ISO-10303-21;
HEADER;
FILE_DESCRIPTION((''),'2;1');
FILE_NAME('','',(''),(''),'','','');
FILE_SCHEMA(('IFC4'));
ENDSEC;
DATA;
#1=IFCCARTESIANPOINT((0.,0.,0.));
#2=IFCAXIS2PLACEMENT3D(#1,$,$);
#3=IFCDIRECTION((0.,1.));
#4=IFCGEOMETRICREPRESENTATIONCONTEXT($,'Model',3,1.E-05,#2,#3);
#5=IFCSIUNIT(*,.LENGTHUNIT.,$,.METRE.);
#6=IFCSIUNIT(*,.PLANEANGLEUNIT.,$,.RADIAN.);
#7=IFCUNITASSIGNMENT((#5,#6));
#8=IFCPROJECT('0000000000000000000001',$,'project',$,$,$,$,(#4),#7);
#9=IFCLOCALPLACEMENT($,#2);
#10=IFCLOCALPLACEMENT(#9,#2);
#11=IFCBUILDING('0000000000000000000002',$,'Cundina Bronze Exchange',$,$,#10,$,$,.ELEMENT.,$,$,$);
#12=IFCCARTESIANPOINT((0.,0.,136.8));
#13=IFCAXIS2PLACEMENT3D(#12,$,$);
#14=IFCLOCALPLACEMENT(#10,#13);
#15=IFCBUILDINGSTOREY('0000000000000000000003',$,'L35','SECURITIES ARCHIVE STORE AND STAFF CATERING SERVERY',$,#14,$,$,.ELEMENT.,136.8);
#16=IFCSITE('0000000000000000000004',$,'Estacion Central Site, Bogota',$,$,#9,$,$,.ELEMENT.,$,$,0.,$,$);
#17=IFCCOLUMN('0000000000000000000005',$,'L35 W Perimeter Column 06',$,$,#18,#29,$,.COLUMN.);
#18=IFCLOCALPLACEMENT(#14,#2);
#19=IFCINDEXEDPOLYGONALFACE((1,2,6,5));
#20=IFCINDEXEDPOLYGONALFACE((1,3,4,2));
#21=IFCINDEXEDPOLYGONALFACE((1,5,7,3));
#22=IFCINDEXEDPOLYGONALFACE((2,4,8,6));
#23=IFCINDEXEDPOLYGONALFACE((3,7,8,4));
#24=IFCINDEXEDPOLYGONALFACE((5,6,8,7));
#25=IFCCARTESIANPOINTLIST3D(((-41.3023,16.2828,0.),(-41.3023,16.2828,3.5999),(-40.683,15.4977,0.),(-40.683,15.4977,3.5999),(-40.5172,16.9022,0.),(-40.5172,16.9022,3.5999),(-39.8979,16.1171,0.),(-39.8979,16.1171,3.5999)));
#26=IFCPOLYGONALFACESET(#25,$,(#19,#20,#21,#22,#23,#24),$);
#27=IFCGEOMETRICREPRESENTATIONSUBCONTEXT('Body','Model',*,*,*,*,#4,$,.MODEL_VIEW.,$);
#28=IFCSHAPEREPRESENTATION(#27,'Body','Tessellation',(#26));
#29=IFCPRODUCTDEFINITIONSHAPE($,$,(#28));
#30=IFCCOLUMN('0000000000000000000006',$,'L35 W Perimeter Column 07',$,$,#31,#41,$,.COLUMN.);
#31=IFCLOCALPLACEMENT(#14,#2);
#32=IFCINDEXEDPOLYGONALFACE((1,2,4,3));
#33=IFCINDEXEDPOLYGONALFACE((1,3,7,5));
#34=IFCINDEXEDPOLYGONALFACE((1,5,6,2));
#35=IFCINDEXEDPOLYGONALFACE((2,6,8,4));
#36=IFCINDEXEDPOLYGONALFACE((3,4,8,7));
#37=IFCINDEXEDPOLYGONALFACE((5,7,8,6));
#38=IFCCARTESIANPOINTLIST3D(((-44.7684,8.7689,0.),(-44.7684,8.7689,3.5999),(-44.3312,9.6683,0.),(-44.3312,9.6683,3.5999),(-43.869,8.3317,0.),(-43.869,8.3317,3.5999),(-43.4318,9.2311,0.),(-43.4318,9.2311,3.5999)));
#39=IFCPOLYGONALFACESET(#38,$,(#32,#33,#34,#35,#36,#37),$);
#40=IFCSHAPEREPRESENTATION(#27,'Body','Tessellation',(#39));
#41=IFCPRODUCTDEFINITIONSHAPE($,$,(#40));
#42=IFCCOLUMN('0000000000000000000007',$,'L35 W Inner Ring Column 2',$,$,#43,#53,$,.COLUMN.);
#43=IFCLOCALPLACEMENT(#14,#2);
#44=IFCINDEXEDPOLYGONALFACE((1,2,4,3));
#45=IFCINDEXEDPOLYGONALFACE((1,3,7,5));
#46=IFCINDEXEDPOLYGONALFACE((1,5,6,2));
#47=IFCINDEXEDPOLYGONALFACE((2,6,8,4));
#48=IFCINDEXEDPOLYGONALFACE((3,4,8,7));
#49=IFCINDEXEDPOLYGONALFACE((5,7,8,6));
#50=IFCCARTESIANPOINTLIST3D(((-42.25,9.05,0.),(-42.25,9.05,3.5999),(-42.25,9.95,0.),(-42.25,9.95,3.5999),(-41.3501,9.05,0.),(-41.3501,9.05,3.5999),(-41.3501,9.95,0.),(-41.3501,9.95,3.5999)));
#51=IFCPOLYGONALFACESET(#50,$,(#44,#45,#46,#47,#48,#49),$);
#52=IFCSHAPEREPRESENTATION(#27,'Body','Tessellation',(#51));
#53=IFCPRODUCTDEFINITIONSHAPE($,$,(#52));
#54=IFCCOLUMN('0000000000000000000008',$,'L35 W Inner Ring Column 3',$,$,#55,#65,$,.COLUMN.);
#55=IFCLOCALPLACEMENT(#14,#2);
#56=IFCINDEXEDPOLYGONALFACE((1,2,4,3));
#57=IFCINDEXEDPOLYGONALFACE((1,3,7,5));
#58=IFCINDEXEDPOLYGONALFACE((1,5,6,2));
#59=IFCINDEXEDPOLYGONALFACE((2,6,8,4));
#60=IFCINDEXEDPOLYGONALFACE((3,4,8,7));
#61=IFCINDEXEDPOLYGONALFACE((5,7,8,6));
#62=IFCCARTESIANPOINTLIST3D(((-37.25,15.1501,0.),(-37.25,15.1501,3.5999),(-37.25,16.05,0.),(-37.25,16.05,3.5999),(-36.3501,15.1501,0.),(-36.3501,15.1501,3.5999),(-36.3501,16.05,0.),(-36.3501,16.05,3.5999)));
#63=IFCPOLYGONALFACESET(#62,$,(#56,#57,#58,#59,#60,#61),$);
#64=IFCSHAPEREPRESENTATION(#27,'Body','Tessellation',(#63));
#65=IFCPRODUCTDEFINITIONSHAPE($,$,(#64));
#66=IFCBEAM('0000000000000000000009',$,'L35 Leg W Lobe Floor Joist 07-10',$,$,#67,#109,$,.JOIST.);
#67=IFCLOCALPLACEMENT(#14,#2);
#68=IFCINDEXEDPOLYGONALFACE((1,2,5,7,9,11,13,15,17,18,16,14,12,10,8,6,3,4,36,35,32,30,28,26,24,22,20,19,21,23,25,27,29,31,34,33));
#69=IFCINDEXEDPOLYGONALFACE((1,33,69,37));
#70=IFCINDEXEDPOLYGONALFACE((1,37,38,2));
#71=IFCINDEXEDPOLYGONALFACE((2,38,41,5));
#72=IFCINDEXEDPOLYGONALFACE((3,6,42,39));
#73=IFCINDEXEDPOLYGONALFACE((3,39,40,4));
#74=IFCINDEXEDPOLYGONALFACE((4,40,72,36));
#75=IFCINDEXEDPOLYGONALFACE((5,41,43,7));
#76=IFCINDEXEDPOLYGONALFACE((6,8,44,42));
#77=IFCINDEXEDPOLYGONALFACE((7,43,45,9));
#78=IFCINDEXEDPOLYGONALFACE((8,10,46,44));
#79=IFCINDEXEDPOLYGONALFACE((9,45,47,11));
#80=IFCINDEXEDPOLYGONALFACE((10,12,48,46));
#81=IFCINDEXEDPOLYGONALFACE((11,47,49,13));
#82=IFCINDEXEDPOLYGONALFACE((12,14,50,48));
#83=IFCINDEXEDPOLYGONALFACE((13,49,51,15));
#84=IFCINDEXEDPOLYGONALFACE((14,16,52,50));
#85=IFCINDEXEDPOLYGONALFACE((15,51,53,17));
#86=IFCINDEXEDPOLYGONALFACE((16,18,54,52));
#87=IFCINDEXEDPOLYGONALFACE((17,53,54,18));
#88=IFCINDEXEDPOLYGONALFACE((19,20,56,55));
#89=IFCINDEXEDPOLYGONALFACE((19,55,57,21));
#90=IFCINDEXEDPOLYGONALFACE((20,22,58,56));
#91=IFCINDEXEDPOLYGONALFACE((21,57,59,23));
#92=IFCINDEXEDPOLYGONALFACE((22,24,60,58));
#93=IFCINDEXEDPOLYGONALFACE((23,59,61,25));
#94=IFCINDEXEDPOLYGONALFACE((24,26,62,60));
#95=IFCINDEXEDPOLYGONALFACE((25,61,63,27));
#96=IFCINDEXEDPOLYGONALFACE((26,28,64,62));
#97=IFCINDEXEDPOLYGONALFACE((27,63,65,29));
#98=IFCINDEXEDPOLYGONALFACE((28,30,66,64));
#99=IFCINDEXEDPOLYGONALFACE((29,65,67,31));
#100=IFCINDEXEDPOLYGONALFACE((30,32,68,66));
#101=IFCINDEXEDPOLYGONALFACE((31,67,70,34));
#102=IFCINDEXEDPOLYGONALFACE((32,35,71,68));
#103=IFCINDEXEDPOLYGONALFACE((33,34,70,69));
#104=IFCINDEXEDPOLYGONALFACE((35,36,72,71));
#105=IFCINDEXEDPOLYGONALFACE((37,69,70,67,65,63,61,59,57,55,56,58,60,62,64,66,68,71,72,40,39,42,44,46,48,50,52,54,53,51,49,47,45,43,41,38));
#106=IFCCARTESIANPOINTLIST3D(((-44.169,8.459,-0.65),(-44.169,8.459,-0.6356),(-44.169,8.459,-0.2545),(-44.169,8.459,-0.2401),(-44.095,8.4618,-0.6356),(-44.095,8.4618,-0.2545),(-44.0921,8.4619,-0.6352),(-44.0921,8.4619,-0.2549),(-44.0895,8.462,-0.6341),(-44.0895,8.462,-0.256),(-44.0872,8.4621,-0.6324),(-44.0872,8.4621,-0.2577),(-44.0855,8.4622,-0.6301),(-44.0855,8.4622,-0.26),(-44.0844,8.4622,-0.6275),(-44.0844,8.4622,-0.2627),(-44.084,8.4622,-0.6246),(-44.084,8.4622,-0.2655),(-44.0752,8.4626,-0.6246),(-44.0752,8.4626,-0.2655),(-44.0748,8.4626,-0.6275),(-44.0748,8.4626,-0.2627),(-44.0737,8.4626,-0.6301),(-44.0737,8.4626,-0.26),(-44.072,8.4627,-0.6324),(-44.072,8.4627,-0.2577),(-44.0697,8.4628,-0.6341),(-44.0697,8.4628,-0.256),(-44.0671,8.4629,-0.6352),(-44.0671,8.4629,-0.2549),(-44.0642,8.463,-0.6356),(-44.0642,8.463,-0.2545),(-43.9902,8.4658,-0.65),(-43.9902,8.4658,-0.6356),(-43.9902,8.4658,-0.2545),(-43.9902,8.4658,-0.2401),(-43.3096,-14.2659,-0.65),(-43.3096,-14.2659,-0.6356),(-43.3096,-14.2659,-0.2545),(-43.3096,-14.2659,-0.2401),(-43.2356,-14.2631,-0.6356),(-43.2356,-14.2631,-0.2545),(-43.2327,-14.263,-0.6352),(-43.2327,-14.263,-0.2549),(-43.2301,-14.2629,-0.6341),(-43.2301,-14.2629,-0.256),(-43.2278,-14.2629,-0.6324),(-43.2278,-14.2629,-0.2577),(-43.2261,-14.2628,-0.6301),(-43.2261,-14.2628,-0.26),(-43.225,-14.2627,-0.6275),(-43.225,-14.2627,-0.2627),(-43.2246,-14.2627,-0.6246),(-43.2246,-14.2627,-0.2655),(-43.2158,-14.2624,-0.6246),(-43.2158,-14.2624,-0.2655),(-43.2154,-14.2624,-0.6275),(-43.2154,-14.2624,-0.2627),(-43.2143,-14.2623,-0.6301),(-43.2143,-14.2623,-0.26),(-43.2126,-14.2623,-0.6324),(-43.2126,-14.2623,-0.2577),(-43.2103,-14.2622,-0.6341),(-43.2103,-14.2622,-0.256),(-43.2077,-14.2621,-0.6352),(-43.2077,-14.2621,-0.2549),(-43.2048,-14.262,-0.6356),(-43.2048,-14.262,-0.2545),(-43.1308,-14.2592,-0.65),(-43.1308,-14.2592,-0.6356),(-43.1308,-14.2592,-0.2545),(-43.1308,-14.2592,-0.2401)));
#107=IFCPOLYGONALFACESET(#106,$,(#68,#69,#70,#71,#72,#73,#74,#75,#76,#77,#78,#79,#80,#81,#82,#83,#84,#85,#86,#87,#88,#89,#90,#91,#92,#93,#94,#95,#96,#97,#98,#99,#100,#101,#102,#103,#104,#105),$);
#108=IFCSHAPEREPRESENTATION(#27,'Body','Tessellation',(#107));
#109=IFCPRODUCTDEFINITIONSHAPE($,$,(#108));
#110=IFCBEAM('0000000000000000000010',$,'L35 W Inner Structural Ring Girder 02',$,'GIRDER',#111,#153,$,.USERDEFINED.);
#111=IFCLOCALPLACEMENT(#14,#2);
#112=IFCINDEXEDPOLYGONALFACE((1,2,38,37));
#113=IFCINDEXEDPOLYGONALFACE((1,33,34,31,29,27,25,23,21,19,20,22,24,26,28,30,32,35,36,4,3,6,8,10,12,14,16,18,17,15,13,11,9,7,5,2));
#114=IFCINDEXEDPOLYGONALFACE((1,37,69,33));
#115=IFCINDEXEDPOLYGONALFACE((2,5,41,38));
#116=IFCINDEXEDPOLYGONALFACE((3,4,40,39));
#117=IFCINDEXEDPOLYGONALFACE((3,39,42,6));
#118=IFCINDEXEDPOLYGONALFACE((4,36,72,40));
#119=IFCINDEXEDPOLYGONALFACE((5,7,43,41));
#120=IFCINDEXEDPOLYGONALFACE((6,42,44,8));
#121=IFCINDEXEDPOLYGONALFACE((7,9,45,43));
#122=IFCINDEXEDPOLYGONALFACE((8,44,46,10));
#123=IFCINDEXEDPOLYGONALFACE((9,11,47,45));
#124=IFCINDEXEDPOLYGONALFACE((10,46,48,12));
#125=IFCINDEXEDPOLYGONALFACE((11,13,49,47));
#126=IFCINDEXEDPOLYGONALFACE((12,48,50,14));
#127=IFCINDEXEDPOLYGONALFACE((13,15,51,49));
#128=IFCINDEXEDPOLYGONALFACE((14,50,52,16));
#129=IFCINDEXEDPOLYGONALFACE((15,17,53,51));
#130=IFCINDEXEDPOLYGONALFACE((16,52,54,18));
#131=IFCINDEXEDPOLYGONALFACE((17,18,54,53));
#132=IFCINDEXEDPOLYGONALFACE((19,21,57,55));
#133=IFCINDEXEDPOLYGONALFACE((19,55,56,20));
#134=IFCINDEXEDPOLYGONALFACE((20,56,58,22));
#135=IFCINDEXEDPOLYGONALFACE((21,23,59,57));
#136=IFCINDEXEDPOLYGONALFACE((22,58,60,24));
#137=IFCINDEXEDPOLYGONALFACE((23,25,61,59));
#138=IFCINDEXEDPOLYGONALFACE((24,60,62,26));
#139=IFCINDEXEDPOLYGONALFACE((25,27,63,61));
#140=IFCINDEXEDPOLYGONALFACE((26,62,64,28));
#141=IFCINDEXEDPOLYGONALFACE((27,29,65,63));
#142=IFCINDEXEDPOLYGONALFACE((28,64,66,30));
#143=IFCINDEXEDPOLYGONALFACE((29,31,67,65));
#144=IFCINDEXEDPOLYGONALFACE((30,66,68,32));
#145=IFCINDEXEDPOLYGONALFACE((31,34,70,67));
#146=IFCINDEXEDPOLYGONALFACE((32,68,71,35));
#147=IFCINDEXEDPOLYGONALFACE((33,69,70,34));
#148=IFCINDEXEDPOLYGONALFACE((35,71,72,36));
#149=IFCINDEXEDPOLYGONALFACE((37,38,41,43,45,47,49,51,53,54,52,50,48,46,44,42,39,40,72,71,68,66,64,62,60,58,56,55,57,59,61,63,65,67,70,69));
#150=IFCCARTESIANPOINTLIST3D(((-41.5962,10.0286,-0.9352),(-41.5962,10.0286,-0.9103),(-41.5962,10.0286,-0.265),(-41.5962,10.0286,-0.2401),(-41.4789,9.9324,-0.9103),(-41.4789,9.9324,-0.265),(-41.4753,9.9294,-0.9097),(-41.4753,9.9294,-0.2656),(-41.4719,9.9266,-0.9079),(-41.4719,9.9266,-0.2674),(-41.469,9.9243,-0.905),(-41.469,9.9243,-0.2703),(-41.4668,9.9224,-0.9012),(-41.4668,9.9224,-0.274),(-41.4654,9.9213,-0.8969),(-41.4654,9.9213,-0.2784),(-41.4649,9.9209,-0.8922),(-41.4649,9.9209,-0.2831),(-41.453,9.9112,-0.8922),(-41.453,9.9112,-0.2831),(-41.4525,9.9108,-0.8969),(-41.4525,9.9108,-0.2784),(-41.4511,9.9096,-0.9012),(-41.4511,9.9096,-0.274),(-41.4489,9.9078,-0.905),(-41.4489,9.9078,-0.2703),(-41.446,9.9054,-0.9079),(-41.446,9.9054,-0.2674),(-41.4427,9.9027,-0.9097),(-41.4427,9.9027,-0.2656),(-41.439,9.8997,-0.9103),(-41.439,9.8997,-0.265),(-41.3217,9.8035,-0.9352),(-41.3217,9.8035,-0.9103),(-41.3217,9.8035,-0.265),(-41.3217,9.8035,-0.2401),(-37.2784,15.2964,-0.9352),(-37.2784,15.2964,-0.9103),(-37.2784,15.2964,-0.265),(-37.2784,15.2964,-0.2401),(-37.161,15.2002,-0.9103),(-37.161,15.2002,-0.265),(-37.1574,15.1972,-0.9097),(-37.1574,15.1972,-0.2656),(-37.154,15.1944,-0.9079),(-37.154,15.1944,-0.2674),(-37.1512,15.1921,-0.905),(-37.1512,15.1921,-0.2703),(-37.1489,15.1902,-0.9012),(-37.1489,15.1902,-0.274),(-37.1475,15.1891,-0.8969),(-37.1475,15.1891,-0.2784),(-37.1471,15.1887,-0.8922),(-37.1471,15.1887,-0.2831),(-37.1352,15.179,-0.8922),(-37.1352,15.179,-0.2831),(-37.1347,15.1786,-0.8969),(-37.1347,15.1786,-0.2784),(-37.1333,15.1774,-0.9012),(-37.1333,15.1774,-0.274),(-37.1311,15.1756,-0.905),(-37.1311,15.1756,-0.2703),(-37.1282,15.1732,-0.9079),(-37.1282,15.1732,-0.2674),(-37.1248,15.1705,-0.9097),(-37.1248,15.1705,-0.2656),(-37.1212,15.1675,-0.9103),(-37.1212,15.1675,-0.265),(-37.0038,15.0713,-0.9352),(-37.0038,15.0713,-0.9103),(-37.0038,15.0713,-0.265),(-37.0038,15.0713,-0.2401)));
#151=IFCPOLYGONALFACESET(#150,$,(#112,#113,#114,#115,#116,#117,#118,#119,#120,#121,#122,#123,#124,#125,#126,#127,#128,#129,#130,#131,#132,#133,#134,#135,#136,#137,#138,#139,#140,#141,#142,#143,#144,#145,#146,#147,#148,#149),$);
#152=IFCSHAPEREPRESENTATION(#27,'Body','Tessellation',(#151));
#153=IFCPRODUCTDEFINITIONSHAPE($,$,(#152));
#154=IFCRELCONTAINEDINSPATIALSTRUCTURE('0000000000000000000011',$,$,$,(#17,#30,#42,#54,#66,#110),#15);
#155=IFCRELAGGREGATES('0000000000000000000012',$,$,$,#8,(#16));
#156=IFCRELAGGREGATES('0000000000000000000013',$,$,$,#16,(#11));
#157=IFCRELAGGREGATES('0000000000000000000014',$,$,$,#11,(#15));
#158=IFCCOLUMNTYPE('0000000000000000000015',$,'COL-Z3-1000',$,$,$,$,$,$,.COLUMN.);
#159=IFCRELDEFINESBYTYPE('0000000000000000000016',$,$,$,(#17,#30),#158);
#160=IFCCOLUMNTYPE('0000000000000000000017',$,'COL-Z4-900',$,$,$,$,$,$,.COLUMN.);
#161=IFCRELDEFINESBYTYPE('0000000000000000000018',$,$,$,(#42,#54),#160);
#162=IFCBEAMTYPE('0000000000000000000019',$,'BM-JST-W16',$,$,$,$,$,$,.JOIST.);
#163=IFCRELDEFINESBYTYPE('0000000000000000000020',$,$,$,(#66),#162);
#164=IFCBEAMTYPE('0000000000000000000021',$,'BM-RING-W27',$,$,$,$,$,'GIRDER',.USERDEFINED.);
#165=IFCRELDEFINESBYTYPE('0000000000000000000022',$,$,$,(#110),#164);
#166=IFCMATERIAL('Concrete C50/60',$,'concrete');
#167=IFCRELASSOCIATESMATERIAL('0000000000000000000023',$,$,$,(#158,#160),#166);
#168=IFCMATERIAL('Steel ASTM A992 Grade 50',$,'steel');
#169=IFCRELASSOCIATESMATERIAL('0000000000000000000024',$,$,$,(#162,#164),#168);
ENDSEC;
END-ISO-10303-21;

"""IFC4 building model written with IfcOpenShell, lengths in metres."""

from ifc_helpers import new_model, si_unit, direction, frame, origin, origin_2d, place, context, subcontext, project, spatial, rectangle, i_section, extrude, material, material_profile, profile_set, type_object, element, save


model = new_model("IFC4")

# Units and contexts
model_context = context("Model", 3, precision=1e-05, world=origin(), true_north=direction((0.0, 1.0)))
body_context = subcontext(model_context, "Body", "Model", "MODEL_VIEW")
ifc_project = project(units=[si_unit("LENGTHUNIT", "METRE"), si_unit("PLANEANGLEUNIT", "RADIAN")], contexts=[model_context])

# Site, building, storey
site_placement = place(None, origin())
site = spatial("IfcSite", under=ifc_project, at=site_placement, Name="Estacion Central Site, Bogota", CompositionType="ELEMENT", RefElevation=0.0)
building_placement = place(site_placement, origin())
building = spatial("IfcBuilding", under=site, at=building_placement, Name="Cundina Bronze Exchange", CompositionType="ELEMENT")
storey_placement = place(building_placement, frame((0.0, 0.0, 136.8)))
storey = spatial("IfcBuildingStorey", under=building, at=storey_placement, Name="L35", Description="SECURITIES ARCHIVE STORE AND STAFF CATERING SERVERY", CompositionType="ELEMENT", Elevation=136.8)

# Columns
ifc_material_1 = material(Name="Concrete C50/60", Category="concrete")
ifc_material_profile_1 = material_profile(ifc_material_1, rectangle(XDim=1.0, YDim=1.0, at=origin_2d()), Name="RC1000X1000", Category="concrete")
ifc_profile_set_1 = profile_set([ifc_material_profile_1], Name="Concrete C50/60")
column_type_1 = type_object("IfcColumnType", Name="COL-Z3-1000", PredefinedType="COLUMN", material=ifc_profile_set_1)
for number, where, z_axis, x_axis, name in (
    (1, (-40.6001, 16.2, 0.0), (0.0, 0.0, 1.0), (-0.785101, -0.619368, 0.0), "L35 W Perimeter Column 06"),
    (2, (-44.1001, 9.0, 0.0), (0.0, 0.0, 1.0), (-0.437116, -0.899405, 0.0), "L35 W Perimeter Column 07"),
):
    element("IfcColumn", number, at=place(storey_placement, frame(where, z_axis=z_axis, x_axis=x_axis)), inside=storey, type_object=column_type_1, Name=name, PredefinedType="COLUMN", context=body_context, shape_type="SweptSolid", body=[
        extrude(rectangle(XDim=1.0, YDim=1.0, at=origin_2d()), origin(), (0.0, 0.0, 1.0), 3.5999),
    ])
ifc_material_profile_2 = material_profile(ifc_material_1, rectangle(XDim=0.8999, YDim=0.8999, at=origin_2d()), Name="RC900X900", Category="concrete")
ifc_profile_set_2 = profile_set([ifc_material_profile_2], Name="Concrete C50/60")
column_type_2 = type_object("IfcColumnType", Name="COL-Z4-900", PredefinedType="COLUMN", material=ifc_profile_set_2)
for number, where, z_axis, x_axis, name in (
    (3, (-41.8, 9.5, 0.0), (0.0, 0.0, 1.0), (1.0, 0.0, 0.0), "L35 W Inner Ring Column 2"),
    (4, (-36.8, 15.6001, 0.0), (0.0, 0.0, 1.0), (1.0, 0.0, 0.0), "L35 W Inner Ring Column 3"),
):
    element("IfcColumn", number, at=place(storey_placement, frame(where, z_axis=z_axis, x_axis=x_axis)), inside=storey, type_object=column_type_2, Name=name, PredefinedType="COLUMN", context=body_context, shape_type="SweptSolid", body=[
        extrude(rectangle(XDim=0.8999, YDim=0.8999, at=origin_2d()), origin(), (0.0, 0.0, 1.0), 3.5999),
    ])

# Beams
ifc_material_2 = material(Name="Steel ASTM A992 Grade 50", Category="steel")
ifc_material_profile_3 = material_profile(ifc_material_2, i_section(OverallWidth=0.179, OverallDepth=0.4099, WebThickness=0.0088, FlangeThickness=0.0144, FilletRadius=0.011, at=origin_2d()), Name="W16X45", Category="steel")
ifc_profile_set_3 = profile_set([ifc_material_profile_3], Name="Steel ASTM A992 Grade 50")
beam_type_1 = type_object("IfcBeamType", Name="BM-JST-W16", PredefinedType="JOIST", material=ifc_profile_set_3)
beam_1_placement = place(storey_placement, frame((-44.0796, 8.4624, -0.4451), z_axis=(0.03779, -0.999286, 0.0), x_axis=(0.999286, 0.03779, 0.0)))
element("IfcBeam", 5, at=beam_1_placement, inside=storey, type_object=beam_type_1, Name="L35 Leg W Lobe Floor Joist 07-10", PredefinedType="JOIST", context=body_context, shape_type="SweptSolid", body=[
    extrude(i_section(OverallWidth=0.179, OverallDepth=0.4099, WebThickness=0.0088, FlangeThickness=0.0144, FilletRadius=0.011, at=origin_2d()), origin(), (0.0, 0.0, 1.0), 22.7412),
])
ifc_material_profile_4 = material_profile(ifc_material_2, i_section(OverallWidth=0.355, OverallDepth=0.6951, WebThickness=0.0154, FlangeThickness=0.0249, FilletRadius=0.0181, at=origin_2d()), Name="W27X146", Category="steel")
ifc_profile_set_4 = profile_set([ifc_material_profile_4], Name="Steel ASTM A992 Grade 50")
beam_type_2 = type_object("IfcBeamType", Name="BM-RING-W27", ElementType="GIRDER", PredefinedType="USERDEFINED", material=ifc_profile_set_4)
beam_2_placement = place(storey_placement, frame((-37.1411, 15.1838, -0.5876), z_axis=(-0.633927, -0.773393, 0.0), x_axis=(0.773393, -0.633927, 0.0)))
element("IfcBeam", 6, at=beam_2_placement, inside=storey, type_object=beam_type_2, Name="L35 W Inner Structural Ring Girder 02", ObjectType="GIRDER", PredefinedType="USERDEFINED", context=body_context, shape_type="SweptSolid", body=[
    extrude(i_section(OverallWidth=0.355, OverallDepth=0.6951, WebThickness=0.0154, FlangeThickness=0.0249, FilletRadius=0.0181, at=origin_2d()), origin(), (0.0, 0.0, 1.0), 6.8113),
])

save(model, "model.ifc")
